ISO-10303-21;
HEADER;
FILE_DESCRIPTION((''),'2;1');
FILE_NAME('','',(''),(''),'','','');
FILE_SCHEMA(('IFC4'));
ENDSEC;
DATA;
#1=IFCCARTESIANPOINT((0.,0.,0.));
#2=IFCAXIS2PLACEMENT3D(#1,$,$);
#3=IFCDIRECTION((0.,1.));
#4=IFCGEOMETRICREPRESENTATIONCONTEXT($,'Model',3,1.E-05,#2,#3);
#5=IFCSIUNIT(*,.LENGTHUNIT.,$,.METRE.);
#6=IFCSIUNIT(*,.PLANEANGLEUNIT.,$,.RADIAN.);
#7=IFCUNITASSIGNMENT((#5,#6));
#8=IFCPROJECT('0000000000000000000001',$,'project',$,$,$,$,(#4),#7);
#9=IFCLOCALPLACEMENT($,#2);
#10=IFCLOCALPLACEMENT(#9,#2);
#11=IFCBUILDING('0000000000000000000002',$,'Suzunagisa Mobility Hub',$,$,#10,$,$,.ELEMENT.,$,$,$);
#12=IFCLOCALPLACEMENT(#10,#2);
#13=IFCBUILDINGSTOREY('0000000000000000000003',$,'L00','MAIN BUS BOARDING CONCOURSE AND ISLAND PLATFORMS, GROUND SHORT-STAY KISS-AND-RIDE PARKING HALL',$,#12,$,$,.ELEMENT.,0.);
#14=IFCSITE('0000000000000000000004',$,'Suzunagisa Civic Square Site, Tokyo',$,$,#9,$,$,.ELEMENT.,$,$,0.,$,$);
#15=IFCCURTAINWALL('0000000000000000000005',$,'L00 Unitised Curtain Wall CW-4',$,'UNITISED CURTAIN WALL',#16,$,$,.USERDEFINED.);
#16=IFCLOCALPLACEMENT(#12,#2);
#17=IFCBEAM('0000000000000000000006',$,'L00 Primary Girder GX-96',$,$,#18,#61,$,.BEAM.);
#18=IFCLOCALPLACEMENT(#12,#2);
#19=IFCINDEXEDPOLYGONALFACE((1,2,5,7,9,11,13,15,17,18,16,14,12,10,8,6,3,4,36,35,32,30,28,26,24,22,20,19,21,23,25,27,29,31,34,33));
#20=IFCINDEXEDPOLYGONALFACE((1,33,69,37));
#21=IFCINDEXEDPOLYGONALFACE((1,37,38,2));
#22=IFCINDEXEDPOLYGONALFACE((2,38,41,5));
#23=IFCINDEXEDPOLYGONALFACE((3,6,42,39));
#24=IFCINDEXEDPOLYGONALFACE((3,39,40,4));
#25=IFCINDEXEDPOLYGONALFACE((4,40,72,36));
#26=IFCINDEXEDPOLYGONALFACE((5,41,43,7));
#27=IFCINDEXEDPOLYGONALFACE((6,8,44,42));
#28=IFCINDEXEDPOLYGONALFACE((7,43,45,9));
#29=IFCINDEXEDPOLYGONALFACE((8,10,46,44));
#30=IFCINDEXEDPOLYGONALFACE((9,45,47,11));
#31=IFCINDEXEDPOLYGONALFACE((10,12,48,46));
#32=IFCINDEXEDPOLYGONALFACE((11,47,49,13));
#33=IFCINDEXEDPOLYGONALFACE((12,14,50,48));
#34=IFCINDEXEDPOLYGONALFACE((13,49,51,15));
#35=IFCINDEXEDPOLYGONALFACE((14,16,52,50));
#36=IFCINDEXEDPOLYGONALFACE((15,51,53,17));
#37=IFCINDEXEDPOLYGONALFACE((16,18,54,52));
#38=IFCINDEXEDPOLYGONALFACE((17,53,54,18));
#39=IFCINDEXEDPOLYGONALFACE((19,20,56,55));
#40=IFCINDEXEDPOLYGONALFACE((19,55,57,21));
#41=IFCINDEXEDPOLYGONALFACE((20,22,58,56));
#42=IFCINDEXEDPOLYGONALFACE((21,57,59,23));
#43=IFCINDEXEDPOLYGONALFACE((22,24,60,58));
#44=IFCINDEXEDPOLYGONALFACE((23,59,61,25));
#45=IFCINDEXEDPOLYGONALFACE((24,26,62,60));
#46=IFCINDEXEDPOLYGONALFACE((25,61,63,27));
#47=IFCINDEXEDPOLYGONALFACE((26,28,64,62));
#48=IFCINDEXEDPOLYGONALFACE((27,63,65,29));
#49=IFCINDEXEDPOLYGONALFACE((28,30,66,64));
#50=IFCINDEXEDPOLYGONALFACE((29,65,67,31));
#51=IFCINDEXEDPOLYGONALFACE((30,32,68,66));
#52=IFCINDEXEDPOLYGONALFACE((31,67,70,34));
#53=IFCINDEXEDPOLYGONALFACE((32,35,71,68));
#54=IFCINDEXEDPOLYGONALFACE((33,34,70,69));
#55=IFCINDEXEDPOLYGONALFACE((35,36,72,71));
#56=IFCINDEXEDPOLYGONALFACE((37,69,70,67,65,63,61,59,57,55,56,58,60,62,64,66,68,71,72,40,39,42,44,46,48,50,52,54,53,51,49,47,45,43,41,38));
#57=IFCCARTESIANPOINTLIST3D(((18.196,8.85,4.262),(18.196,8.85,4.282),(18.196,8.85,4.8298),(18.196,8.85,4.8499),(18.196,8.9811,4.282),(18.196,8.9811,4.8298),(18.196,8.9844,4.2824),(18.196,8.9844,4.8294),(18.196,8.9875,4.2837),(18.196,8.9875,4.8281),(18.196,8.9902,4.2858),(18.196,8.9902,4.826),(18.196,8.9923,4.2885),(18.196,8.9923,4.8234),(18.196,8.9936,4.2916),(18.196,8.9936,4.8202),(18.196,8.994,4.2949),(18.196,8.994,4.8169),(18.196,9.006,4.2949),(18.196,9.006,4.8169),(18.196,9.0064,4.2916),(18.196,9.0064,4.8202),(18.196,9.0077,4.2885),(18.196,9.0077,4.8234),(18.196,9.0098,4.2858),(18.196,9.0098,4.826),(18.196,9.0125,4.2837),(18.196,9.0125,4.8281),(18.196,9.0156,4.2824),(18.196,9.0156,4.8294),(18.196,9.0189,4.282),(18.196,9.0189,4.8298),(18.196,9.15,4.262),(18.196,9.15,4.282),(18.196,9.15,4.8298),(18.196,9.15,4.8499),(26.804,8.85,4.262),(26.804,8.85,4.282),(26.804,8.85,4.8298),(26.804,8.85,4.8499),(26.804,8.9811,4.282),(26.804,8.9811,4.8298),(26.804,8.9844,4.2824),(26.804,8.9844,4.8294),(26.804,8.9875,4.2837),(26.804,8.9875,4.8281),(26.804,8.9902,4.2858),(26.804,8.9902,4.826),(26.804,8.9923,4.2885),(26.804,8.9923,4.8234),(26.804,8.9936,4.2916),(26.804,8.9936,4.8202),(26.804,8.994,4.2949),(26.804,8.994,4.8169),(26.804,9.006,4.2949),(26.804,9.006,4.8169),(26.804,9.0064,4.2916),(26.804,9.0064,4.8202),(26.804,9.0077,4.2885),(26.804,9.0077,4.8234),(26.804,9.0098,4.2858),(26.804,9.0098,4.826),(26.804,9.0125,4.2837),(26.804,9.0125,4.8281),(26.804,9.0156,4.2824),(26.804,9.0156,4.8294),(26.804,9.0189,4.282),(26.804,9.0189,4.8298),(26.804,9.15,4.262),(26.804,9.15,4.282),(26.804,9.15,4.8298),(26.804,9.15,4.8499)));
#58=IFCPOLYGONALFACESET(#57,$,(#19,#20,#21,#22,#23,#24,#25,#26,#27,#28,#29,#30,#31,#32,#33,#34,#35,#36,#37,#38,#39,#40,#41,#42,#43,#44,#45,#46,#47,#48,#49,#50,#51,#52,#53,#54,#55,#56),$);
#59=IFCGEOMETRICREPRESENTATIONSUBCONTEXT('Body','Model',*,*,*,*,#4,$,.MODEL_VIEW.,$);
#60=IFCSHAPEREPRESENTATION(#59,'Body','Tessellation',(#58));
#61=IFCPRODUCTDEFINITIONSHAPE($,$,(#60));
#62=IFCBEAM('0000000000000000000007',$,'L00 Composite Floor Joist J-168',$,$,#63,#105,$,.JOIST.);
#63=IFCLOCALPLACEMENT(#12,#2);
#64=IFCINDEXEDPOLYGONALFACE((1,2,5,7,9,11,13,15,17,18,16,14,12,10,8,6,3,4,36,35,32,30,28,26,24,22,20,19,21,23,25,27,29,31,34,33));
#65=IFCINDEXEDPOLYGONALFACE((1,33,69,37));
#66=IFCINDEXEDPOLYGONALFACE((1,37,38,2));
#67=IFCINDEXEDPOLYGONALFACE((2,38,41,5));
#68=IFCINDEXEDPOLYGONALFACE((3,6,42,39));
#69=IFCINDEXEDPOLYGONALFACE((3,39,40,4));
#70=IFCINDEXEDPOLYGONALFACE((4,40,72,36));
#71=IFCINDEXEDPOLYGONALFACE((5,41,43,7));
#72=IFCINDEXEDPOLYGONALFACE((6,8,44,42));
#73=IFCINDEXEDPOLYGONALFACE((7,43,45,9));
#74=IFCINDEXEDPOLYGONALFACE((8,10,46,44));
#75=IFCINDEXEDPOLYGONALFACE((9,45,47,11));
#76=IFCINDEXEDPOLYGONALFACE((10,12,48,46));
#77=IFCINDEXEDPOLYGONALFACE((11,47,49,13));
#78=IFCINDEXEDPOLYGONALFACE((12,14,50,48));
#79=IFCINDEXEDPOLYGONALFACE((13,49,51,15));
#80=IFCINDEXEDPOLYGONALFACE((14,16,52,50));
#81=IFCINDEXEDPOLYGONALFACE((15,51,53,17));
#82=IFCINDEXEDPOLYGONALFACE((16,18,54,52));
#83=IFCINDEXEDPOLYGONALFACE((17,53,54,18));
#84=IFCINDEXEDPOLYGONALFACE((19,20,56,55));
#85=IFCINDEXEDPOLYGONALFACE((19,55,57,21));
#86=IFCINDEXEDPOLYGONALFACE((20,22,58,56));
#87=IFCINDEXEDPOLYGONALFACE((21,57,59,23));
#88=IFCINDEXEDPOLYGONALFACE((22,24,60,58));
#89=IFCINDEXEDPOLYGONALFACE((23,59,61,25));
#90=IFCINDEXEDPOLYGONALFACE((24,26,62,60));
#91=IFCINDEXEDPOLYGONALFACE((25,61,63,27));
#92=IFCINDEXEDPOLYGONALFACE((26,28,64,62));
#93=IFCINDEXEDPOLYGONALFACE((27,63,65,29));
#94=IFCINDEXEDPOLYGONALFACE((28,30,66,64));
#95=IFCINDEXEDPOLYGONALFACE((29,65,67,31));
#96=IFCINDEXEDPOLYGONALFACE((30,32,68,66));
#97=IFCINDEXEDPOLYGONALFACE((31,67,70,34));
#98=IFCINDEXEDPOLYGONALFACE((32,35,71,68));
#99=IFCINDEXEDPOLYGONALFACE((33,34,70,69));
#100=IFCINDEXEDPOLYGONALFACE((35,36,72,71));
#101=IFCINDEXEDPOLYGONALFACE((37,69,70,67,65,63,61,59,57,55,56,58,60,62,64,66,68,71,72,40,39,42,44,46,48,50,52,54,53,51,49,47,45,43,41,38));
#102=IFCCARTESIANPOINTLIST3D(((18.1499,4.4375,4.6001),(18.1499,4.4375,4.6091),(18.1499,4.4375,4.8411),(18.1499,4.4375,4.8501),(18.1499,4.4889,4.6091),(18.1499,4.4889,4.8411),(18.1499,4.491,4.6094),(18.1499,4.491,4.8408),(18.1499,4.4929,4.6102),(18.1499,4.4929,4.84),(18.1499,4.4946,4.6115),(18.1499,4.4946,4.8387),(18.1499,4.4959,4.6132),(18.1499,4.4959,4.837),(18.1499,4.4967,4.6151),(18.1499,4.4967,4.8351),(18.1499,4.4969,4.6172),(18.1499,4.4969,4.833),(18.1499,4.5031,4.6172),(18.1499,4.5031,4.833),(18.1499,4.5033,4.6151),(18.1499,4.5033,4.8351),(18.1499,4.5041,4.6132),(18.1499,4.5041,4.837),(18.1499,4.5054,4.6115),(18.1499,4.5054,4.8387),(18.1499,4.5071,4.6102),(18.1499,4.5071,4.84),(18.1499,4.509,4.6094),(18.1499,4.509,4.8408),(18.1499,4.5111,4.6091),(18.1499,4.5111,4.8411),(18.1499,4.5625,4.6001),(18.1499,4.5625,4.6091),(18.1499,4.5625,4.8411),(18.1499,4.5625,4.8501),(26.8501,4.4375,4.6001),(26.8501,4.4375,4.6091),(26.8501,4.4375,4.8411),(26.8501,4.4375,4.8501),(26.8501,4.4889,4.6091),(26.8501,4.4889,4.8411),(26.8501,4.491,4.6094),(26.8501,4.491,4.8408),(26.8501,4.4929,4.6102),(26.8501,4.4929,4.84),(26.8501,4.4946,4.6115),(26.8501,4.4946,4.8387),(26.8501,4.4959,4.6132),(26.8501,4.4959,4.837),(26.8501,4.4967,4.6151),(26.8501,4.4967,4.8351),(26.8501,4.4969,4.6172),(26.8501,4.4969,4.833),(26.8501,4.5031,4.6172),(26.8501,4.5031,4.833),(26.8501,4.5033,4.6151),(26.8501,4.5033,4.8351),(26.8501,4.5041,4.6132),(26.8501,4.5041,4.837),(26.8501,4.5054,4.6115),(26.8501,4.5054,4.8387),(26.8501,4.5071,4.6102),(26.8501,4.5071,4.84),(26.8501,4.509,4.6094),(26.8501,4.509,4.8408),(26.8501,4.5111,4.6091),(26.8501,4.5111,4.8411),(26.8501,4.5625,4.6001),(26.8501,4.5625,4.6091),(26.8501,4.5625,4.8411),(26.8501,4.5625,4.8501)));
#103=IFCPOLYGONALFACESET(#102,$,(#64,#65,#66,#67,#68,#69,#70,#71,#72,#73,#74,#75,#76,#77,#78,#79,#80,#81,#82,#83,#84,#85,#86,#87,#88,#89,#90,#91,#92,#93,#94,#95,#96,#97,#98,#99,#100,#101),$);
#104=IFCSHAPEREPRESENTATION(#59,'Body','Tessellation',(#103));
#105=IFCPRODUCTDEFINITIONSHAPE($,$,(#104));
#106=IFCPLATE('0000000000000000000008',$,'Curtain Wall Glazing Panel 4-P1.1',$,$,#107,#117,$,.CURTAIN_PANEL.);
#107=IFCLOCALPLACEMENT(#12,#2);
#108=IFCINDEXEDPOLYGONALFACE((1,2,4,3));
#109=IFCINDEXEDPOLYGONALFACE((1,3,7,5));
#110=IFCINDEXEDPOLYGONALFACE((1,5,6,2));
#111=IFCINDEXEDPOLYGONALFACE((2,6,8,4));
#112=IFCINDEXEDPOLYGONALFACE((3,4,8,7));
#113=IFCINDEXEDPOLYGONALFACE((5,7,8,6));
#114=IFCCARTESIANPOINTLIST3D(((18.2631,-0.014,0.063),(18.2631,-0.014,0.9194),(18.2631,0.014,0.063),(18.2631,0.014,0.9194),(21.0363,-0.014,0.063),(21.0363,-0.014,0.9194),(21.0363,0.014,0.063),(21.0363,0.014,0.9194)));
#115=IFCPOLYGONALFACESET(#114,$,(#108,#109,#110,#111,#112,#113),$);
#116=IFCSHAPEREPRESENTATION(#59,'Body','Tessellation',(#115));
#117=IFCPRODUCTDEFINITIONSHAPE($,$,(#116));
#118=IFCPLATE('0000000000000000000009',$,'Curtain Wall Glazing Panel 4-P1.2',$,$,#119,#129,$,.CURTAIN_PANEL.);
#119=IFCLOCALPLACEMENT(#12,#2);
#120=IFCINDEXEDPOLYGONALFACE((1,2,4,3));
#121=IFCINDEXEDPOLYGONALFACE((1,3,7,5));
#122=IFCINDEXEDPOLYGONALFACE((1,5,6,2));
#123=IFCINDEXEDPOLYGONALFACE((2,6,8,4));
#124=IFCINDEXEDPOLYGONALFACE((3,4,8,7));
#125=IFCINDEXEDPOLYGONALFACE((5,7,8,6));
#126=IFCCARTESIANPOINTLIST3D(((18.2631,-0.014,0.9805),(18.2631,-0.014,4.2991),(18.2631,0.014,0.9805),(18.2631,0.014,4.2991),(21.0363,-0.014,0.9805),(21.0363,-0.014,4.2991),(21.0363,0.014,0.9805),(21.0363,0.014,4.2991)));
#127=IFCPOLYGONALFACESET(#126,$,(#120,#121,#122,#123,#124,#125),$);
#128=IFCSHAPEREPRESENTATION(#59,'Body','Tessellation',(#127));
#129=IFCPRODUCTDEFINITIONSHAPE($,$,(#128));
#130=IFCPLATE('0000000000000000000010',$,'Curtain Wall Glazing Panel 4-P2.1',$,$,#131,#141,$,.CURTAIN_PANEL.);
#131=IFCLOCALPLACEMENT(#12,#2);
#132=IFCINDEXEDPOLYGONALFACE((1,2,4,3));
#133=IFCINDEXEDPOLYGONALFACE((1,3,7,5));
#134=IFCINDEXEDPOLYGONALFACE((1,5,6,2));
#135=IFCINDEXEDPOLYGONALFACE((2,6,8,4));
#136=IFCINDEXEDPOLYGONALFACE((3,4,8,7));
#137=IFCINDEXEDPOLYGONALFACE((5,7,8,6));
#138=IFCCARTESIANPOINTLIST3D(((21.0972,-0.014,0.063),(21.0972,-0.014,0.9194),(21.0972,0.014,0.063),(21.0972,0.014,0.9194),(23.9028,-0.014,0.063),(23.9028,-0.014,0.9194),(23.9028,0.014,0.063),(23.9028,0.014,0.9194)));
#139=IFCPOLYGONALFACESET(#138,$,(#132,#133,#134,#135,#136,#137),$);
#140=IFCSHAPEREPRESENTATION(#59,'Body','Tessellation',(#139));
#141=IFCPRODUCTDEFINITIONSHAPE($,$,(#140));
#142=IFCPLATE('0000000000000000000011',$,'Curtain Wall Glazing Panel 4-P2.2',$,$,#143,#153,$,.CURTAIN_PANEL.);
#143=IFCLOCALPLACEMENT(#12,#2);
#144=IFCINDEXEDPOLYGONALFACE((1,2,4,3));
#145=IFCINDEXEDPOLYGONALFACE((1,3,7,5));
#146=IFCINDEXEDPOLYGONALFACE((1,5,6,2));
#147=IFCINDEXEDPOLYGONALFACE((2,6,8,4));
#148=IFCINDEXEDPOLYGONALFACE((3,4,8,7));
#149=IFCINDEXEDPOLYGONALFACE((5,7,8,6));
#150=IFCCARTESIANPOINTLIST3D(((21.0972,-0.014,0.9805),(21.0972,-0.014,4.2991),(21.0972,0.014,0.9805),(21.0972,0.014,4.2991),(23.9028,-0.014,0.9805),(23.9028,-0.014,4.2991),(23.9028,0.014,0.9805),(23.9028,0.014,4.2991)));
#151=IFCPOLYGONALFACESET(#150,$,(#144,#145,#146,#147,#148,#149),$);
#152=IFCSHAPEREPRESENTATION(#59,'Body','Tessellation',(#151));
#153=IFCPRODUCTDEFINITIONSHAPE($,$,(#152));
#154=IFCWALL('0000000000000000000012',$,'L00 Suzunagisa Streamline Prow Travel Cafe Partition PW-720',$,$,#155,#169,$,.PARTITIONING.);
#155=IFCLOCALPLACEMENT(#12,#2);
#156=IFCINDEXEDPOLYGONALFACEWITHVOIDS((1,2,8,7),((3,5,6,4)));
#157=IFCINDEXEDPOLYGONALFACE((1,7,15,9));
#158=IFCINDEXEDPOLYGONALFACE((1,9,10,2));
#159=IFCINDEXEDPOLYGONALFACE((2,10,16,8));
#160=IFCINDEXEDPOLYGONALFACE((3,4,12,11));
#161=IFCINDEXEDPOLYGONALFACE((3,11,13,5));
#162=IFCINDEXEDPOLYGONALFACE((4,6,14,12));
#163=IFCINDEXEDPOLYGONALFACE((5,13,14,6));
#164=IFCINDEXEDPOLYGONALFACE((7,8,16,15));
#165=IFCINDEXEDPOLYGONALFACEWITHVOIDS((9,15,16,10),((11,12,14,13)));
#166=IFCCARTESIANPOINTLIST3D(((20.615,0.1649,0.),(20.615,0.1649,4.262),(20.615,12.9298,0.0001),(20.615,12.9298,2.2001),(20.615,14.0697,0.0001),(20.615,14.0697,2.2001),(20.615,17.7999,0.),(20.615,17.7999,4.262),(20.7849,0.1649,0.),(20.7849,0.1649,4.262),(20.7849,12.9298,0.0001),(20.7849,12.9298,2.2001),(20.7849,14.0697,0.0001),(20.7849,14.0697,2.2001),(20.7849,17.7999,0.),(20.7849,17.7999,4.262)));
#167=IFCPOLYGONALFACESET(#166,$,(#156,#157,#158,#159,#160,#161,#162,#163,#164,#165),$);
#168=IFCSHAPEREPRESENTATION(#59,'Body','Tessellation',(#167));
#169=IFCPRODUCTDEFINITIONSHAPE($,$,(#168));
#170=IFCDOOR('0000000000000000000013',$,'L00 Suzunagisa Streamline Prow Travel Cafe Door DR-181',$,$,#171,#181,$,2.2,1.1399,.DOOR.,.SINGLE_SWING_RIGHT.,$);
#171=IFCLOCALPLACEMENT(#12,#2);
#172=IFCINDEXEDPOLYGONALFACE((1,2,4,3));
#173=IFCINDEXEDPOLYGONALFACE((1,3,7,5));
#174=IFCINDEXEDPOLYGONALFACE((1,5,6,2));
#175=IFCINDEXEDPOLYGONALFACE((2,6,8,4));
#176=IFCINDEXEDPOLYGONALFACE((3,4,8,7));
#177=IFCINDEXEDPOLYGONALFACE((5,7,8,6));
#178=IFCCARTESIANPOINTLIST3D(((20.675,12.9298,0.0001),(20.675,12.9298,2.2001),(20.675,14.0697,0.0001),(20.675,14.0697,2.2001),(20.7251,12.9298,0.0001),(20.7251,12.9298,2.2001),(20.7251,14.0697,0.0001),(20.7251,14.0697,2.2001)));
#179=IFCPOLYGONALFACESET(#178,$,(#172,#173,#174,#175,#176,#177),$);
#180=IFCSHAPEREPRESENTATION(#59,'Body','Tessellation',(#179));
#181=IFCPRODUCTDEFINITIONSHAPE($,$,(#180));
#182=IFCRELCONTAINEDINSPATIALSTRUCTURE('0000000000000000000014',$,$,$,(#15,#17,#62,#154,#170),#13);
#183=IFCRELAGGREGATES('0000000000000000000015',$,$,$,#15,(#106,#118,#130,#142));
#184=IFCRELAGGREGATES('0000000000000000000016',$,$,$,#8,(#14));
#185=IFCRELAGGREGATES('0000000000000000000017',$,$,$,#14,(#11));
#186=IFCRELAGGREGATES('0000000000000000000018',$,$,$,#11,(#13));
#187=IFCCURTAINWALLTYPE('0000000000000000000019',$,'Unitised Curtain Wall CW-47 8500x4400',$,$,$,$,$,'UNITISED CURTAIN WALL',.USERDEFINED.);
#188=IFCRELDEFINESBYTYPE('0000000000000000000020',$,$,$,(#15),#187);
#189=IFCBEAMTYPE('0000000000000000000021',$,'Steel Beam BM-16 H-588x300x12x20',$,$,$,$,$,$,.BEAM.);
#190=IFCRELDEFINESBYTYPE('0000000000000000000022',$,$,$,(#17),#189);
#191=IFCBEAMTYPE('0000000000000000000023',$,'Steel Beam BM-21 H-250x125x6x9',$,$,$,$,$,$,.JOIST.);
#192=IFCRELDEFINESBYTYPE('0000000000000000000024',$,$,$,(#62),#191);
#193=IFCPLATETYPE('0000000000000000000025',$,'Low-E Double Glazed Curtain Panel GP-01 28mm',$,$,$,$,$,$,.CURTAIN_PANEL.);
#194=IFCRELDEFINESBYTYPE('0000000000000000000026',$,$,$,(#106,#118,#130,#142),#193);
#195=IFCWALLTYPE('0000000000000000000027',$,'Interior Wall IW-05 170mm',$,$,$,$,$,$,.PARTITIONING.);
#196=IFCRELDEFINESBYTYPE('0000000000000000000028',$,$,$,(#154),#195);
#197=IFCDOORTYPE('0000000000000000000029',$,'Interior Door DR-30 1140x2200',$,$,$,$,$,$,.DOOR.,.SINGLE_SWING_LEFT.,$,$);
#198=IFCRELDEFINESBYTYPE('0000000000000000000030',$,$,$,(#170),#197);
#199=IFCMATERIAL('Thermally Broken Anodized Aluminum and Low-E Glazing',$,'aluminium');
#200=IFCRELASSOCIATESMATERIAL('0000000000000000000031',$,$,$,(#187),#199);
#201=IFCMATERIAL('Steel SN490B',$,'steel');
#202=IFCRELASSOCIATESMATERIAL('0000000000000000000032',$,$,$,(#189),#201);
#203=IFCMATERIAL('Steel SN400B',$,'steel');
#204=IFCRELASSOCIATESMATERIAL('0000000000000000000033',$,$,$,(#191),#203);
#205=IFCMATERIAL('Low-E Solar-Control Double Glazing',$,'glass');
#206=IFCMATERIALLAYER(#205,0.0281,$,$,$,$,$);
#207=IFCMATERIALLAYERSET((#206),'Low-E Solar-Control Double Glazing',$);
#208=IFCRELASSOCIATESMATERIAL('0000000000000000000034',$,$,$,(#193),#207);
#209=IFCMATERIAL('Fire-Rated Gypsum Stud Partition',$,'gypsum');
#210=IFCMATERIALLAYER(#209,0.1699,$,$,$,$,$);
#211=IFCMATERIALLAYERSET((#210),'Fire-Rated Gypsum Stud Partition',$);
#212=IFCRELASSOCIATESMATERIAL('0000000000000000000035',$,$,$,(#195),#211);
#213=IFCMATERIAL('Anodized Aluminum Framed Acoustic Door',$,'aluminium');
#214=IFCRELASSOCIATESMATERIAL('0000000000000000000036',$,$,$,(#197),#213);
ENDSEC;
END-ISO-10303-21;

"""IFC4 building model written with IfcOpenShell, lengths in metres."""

from ifc_helpers import new_model, si_unit, direction, frame, frame_2d, origin, origin_2d, place, context, subcontext, project, spatial, rectangle, i_section, extrude, material, layer, layer_set, material_profile, profile_set, type_object, element, fill, aggregate, save


model = new_model("IFC4")

# Units and contexts
model_context = context("Model", 3, precision=1e-05, world=origin(), true_north=direction((0.0, 1.0)))
body_context = subcontext(model_context, "Body", "Model", "MODEL_VIEW")
ifc_project = project(units=[si_unit("LENGTHUNIT", "METRE"), si_unit("PLANEANGLEUNIT", "RADIAN")], contexts=[model_context])

# Site, building, storey
site_placement = place(None, origin())
site = spatial("IfcSite", under=ifc_project, at=site_placement, Name="Suzunagisa Civic Square Site, Tokyo", CompositionType="ELEMENT", RefElevation=0.0)
building_placement = place(site_placement, origin())
building = spatial("IfcBuilding", under=site, at=building_placement, Name="Suzunagisa Mobility Hub", CompositionType="ELEMENT")
storey_placement = place(building_placement, origin())
storey = spatial("IfcBuildingStorey", under=building, at=storey_placement, Name="L00", Description="MAIN BUS BOARDING CONCOURSE AND ISLAND PLATFORMS, GROUND SHORT-STAY KISS-AND-RIDE PARKING HALL", CompositionType="ELEMENT", Elevation=0.0)

# Curtain wall
ifc_material_1 = material(Name="Thermally Broken Anodized Aluminum and Low-E Glazing", Category="aluminium")
curtain_wall_type = type_object("IfcCurtainWallType", Name="Unitised Curtain Wall CW-47 8500x4400", ElementType="UNITISED CURTAIN WALL", PredefinedType="USERDEFINED", material=ifc_material_1)
curtain_wall_placement = place(storey_placement, origin())
curtain_wall = element("IfcCurtainWall", 1, at=curtain_wall_placement, inside=storey, type_object=curtain_wall_type, Name="L00 Unitised Curtain Wall CW-4", ObjectType="UNITISED CURTAIN WALL", PredefinedType="USERDEFINED")

# Beams
ifc_material_2 = material(Name="Steel SN400B", Category="steel")
ifc_material_3 = material(Name="Steel SN490B", Category="steel")
ifc_material_profile_1 = material_profile(ifc_material_3, i_section(OverallWidth=0.3, OverallDepth=0.5879, WebThickness=0.012, FlangeThickness=0.02, FilletRadius=0.0129, at=origin_2d()), Name="H-588x300x12x20")
ifc_profile_set_1 = profile_set([ifc_material_profile_1], Name="Steel SN490B")
beam_type_1 = type_object("IfcBeamType", Name="Steel Beam BM-16 H-588x300x12x20", PredefinedType="BEAM", material=ifc_profile_set_1)
beam_1_placement = place(storey_placement, frame((18.196, 9.0, 4.5559), z_axis=(1.0, 0.0, 0.0), x_axis=(0.0, 1.0, 0.0)))
element("IfcBeam", 2, at=beam_1_placement, inside=storey, type_object=beam_type_1, Name="L00 Primary Girder GX-96", PredefinedType="BEAM", context=body_context, shape_type="SweptSolid", body=[
    extrude(i_section(OverallWidth=0.3, OverallDepth=0.5879, WebThickness=0.012, FlangeThickness=0.02, FilletRadius=0.0129, at=origin_2d()), origin(), (0.0, 0.0, 1.0), 8.6079),
])
ifc_material_profile_2 = material_profile(ifc_material_2, i_section(OverallWidth=0.125, OverallDepth=0.25, WebThickness=0.0061, FlangeThickness=0.009, FilletRadius=0.0081, at=origin_2d()), Name="H-250x125x6x9")
ifc_profile_set_2 = profile_set([ifc_material_profile_2], Name="Steel SN400B")
beam_type_2 = type_object("IfcBeamType", Name="Steel Beam BM-21 H-250x125x6x9", PredefinedType="JOIST", material=ifc_profile_set_2)
beam_2_placement = place(storey_placement, frame((18.1499, 4.5, 4.7251), z_axis=(1.0, 0.0, 0.0), x_axis=(0.0, 1.0, 0.0)))
element("IfcBeam", 3, at=beam_2_placement, inside=storey, type_object=beam_type_2, Name="L00 Composite Floor Joist J-168", PredefinedType="JOIST", context=body_context, shape_type="SweptSolid", body=[
    extrude(i_section(OverallWidth=0.125, OverallDepth=0.25, WebThickness=0.0061, FlangeThickness=0.009, FilletRadius=0.0081, at=origin_2d()), origin(), (0.0, 0.0, 1.0), 8.7002),
])

# Plates
ifc_material_4 = material(Name="Low-E Solar-Control Double Glazing", Category="glass")
ifc_layer_1 = layer(ifc_material_4, 0.0281)
ifc_layer_set_1 = layer_set([ifc_layer_1], Name="Low-E Solar-Control Double Glazing")
plate_type = type_object("IfcPlateType", Name="Low-E Double Glazed Curtain Panel GP-01 28mm", PredefinedType="CURTAIN_PANEL", material=ifc_layer_set_1)
plate_1_placement = place(storey_placement, frame((19.6497, 0.0, 0.063), z_axis=(0.0, 0.0, 1.0), x_axis=(1.0, 0.0, 0.0)))
plate_1 = element("IfcPlate", 4, at=plate_1_placement, type_object=plate_type, Name="Curtain Wall Glazing Panel 4-P1.1", PredefinedType="CURTAIN_PANEL", context=body_context, shape_type="SweptSolid", body=[
    extrude(rectangle(XDim=2.7732, YDim=0.0281, at=origin_2d()), origin(), (0.0, 0.0, 1.0), 0.8564),
])
plate_2_placement = place(storey_placement, frame((19.6497, 0.0, 0.9805), z_axis=(0.0, 0.0, 1.0), x_axis=(1.0, 0.0, 0.0)))
plate_2 = element("IfcPlate", 5, at=plate_2_placement, type_object=plate_type, Name="Curtain Wall Glazing Panel 4-P1.2", PredefinedType="CURTAIN_PANEL", context=body_context, shape_type="SweptSolid", body=[
    extrude(rectangle(XDim=2.7732, YDim=0.0281, at=origin_2d()), origin(), (0.0, 0.0, 1.0), 3.3186),
])
plate_3_placement = place(storey_placement, frame((22.5, 0.0, 0.063), z_axis=(0.0, 0.0, 1.0), x_axis=(1.0, 0.0, 0.0)))
plate_3 = element("IfcPlate", 6, at=plate_3_placement, type_object=plate_type, Name="Curtain Wall Glazing Panel 4-P2.1", PredefinedType="CURTAIN_PANEL", context=body_context, shape_type="SweptSolid", body=[
    extrude(rectangle(XDim=2.8057, YDim=0.0281, at=origin_2d()), origin(), (0.0, 0.0, 1.0), 0.8564),
])
plate_4_placement = place(storey_placement, frame((22.5, 0.0, 0.9805), z_axis=(0.0, 0.0, 1.0), x_axis=(1.0, 0.0, 0.0)))
plate_4 = element("IfcPlate", 7, at=plate_4_placement, type_object=plate_type, Name="Curtain Wall Glazing Panel 4-P2.2", PredefinedType="CURTAIN_PANEL", context=body_context, shape_type="SweptSolid", body=[
    extrude(rectangle(XDim=2.8057, YDim=0.0281, at=origin_2d()), origin(), (0.0, 0.0, 1.0), 3.3186),
])
aggregate(curtain_wall, [plate_1, plate_2, plate_3, plate_4])

# Wall, opening, door
ifc_material_5 = material(Name="Fire-Rated Gypsum Stud Partition", Category="gypsum")
ifc_layer_2 = layer(ifc_material_5, 0.1699)
ifc_layer_set_2 = layer_set([ifc_layer_2], Name="Fire-Rated Gypsum Stud Partition")
wall_type = type_object("IfcWallType", Name="Interior Wall IW-05 170mm", PredefinedType="PARTITIONING", material=ifc_layer_set_2)
wall_placement = place(storey_placement, frame((20.7, 0.165, 0.0), z_axis=(0.0, 0.0, 1.0), x_axis=(0.0, 1.0, 0.0)))
wall = element("IfcWall", 8, at=wall_placement, inside=storey, type_object=wall_type, Name="L00 Suzunagisa Streamline Prow Travel Cafe Partition PW-720", PredefinedType="PARTITIONING", context=body_context, shape_type="SweptSolid", body=[
    extrude(rectangle(XDim=17.635, YDim=0.1699, at=frame_2d((8.8174, 0.0))), origin(), (0.0, 0.0, 1.0), 4.262),
])
opening_placement = place(wall_placement, frame((12.7649, 0.0, 0.0)))
opening = element("IfcOpeningElement", 9, at=opening_placement, cuts=wall, PredefinedType="OPENING", context=body_context, shape_type="SweptSolid", body=[
    extrude(rectangle(XDim=1.1399, YDim=2.2, at=frame_2d((0.5698, 1.1001))), frame((0.0, 0.0959, 0.0), z_axis=(0.0, -1.0, 0.0), x_axis=(1.0, 0.0, 0.0)), (0.0, 0.0, 1.0), 0.1919),
])
ifc_material_6 = material(Name="Anodized Aluminum Framed Acoustic Door", Category="aluminium")
door_type = type_object("IfcDoorType", Name="Interior Door DR-30 1140x2200", OperationType="SINGLE_SWING_LEFT", PredefinedType="DOOR", material=ifc_material_6)
door_placement = place(opening_placement, origin())
door = element("IfcDoor", 10, at=door_placement, inside=storey, type_object=door_type, Name="L00 Suzunagisa Streamline Prow Travel Cafe Door DR-181", OperationType="SINGLE_SWING_RIGHT", OverallHeight=2.2, OverallWidth=1.1399, PredefinedType="DOOR", context=body_context, shape_type="SweptSolid", body=[
    extrude(rectangle(XDim=1.1399, YDim=2.2, at=frame_2d((0.5698, 1.1001))), frame((0.0, 0.0249, 0.0), z_axis=(0.0, -1.0, 0.0), x_axis=(1.0, 0.0, 0.0)), (0.0, 0.0, 1.0), 0.05),
])
fill(opening, door)

save(model, "model.ifc")
